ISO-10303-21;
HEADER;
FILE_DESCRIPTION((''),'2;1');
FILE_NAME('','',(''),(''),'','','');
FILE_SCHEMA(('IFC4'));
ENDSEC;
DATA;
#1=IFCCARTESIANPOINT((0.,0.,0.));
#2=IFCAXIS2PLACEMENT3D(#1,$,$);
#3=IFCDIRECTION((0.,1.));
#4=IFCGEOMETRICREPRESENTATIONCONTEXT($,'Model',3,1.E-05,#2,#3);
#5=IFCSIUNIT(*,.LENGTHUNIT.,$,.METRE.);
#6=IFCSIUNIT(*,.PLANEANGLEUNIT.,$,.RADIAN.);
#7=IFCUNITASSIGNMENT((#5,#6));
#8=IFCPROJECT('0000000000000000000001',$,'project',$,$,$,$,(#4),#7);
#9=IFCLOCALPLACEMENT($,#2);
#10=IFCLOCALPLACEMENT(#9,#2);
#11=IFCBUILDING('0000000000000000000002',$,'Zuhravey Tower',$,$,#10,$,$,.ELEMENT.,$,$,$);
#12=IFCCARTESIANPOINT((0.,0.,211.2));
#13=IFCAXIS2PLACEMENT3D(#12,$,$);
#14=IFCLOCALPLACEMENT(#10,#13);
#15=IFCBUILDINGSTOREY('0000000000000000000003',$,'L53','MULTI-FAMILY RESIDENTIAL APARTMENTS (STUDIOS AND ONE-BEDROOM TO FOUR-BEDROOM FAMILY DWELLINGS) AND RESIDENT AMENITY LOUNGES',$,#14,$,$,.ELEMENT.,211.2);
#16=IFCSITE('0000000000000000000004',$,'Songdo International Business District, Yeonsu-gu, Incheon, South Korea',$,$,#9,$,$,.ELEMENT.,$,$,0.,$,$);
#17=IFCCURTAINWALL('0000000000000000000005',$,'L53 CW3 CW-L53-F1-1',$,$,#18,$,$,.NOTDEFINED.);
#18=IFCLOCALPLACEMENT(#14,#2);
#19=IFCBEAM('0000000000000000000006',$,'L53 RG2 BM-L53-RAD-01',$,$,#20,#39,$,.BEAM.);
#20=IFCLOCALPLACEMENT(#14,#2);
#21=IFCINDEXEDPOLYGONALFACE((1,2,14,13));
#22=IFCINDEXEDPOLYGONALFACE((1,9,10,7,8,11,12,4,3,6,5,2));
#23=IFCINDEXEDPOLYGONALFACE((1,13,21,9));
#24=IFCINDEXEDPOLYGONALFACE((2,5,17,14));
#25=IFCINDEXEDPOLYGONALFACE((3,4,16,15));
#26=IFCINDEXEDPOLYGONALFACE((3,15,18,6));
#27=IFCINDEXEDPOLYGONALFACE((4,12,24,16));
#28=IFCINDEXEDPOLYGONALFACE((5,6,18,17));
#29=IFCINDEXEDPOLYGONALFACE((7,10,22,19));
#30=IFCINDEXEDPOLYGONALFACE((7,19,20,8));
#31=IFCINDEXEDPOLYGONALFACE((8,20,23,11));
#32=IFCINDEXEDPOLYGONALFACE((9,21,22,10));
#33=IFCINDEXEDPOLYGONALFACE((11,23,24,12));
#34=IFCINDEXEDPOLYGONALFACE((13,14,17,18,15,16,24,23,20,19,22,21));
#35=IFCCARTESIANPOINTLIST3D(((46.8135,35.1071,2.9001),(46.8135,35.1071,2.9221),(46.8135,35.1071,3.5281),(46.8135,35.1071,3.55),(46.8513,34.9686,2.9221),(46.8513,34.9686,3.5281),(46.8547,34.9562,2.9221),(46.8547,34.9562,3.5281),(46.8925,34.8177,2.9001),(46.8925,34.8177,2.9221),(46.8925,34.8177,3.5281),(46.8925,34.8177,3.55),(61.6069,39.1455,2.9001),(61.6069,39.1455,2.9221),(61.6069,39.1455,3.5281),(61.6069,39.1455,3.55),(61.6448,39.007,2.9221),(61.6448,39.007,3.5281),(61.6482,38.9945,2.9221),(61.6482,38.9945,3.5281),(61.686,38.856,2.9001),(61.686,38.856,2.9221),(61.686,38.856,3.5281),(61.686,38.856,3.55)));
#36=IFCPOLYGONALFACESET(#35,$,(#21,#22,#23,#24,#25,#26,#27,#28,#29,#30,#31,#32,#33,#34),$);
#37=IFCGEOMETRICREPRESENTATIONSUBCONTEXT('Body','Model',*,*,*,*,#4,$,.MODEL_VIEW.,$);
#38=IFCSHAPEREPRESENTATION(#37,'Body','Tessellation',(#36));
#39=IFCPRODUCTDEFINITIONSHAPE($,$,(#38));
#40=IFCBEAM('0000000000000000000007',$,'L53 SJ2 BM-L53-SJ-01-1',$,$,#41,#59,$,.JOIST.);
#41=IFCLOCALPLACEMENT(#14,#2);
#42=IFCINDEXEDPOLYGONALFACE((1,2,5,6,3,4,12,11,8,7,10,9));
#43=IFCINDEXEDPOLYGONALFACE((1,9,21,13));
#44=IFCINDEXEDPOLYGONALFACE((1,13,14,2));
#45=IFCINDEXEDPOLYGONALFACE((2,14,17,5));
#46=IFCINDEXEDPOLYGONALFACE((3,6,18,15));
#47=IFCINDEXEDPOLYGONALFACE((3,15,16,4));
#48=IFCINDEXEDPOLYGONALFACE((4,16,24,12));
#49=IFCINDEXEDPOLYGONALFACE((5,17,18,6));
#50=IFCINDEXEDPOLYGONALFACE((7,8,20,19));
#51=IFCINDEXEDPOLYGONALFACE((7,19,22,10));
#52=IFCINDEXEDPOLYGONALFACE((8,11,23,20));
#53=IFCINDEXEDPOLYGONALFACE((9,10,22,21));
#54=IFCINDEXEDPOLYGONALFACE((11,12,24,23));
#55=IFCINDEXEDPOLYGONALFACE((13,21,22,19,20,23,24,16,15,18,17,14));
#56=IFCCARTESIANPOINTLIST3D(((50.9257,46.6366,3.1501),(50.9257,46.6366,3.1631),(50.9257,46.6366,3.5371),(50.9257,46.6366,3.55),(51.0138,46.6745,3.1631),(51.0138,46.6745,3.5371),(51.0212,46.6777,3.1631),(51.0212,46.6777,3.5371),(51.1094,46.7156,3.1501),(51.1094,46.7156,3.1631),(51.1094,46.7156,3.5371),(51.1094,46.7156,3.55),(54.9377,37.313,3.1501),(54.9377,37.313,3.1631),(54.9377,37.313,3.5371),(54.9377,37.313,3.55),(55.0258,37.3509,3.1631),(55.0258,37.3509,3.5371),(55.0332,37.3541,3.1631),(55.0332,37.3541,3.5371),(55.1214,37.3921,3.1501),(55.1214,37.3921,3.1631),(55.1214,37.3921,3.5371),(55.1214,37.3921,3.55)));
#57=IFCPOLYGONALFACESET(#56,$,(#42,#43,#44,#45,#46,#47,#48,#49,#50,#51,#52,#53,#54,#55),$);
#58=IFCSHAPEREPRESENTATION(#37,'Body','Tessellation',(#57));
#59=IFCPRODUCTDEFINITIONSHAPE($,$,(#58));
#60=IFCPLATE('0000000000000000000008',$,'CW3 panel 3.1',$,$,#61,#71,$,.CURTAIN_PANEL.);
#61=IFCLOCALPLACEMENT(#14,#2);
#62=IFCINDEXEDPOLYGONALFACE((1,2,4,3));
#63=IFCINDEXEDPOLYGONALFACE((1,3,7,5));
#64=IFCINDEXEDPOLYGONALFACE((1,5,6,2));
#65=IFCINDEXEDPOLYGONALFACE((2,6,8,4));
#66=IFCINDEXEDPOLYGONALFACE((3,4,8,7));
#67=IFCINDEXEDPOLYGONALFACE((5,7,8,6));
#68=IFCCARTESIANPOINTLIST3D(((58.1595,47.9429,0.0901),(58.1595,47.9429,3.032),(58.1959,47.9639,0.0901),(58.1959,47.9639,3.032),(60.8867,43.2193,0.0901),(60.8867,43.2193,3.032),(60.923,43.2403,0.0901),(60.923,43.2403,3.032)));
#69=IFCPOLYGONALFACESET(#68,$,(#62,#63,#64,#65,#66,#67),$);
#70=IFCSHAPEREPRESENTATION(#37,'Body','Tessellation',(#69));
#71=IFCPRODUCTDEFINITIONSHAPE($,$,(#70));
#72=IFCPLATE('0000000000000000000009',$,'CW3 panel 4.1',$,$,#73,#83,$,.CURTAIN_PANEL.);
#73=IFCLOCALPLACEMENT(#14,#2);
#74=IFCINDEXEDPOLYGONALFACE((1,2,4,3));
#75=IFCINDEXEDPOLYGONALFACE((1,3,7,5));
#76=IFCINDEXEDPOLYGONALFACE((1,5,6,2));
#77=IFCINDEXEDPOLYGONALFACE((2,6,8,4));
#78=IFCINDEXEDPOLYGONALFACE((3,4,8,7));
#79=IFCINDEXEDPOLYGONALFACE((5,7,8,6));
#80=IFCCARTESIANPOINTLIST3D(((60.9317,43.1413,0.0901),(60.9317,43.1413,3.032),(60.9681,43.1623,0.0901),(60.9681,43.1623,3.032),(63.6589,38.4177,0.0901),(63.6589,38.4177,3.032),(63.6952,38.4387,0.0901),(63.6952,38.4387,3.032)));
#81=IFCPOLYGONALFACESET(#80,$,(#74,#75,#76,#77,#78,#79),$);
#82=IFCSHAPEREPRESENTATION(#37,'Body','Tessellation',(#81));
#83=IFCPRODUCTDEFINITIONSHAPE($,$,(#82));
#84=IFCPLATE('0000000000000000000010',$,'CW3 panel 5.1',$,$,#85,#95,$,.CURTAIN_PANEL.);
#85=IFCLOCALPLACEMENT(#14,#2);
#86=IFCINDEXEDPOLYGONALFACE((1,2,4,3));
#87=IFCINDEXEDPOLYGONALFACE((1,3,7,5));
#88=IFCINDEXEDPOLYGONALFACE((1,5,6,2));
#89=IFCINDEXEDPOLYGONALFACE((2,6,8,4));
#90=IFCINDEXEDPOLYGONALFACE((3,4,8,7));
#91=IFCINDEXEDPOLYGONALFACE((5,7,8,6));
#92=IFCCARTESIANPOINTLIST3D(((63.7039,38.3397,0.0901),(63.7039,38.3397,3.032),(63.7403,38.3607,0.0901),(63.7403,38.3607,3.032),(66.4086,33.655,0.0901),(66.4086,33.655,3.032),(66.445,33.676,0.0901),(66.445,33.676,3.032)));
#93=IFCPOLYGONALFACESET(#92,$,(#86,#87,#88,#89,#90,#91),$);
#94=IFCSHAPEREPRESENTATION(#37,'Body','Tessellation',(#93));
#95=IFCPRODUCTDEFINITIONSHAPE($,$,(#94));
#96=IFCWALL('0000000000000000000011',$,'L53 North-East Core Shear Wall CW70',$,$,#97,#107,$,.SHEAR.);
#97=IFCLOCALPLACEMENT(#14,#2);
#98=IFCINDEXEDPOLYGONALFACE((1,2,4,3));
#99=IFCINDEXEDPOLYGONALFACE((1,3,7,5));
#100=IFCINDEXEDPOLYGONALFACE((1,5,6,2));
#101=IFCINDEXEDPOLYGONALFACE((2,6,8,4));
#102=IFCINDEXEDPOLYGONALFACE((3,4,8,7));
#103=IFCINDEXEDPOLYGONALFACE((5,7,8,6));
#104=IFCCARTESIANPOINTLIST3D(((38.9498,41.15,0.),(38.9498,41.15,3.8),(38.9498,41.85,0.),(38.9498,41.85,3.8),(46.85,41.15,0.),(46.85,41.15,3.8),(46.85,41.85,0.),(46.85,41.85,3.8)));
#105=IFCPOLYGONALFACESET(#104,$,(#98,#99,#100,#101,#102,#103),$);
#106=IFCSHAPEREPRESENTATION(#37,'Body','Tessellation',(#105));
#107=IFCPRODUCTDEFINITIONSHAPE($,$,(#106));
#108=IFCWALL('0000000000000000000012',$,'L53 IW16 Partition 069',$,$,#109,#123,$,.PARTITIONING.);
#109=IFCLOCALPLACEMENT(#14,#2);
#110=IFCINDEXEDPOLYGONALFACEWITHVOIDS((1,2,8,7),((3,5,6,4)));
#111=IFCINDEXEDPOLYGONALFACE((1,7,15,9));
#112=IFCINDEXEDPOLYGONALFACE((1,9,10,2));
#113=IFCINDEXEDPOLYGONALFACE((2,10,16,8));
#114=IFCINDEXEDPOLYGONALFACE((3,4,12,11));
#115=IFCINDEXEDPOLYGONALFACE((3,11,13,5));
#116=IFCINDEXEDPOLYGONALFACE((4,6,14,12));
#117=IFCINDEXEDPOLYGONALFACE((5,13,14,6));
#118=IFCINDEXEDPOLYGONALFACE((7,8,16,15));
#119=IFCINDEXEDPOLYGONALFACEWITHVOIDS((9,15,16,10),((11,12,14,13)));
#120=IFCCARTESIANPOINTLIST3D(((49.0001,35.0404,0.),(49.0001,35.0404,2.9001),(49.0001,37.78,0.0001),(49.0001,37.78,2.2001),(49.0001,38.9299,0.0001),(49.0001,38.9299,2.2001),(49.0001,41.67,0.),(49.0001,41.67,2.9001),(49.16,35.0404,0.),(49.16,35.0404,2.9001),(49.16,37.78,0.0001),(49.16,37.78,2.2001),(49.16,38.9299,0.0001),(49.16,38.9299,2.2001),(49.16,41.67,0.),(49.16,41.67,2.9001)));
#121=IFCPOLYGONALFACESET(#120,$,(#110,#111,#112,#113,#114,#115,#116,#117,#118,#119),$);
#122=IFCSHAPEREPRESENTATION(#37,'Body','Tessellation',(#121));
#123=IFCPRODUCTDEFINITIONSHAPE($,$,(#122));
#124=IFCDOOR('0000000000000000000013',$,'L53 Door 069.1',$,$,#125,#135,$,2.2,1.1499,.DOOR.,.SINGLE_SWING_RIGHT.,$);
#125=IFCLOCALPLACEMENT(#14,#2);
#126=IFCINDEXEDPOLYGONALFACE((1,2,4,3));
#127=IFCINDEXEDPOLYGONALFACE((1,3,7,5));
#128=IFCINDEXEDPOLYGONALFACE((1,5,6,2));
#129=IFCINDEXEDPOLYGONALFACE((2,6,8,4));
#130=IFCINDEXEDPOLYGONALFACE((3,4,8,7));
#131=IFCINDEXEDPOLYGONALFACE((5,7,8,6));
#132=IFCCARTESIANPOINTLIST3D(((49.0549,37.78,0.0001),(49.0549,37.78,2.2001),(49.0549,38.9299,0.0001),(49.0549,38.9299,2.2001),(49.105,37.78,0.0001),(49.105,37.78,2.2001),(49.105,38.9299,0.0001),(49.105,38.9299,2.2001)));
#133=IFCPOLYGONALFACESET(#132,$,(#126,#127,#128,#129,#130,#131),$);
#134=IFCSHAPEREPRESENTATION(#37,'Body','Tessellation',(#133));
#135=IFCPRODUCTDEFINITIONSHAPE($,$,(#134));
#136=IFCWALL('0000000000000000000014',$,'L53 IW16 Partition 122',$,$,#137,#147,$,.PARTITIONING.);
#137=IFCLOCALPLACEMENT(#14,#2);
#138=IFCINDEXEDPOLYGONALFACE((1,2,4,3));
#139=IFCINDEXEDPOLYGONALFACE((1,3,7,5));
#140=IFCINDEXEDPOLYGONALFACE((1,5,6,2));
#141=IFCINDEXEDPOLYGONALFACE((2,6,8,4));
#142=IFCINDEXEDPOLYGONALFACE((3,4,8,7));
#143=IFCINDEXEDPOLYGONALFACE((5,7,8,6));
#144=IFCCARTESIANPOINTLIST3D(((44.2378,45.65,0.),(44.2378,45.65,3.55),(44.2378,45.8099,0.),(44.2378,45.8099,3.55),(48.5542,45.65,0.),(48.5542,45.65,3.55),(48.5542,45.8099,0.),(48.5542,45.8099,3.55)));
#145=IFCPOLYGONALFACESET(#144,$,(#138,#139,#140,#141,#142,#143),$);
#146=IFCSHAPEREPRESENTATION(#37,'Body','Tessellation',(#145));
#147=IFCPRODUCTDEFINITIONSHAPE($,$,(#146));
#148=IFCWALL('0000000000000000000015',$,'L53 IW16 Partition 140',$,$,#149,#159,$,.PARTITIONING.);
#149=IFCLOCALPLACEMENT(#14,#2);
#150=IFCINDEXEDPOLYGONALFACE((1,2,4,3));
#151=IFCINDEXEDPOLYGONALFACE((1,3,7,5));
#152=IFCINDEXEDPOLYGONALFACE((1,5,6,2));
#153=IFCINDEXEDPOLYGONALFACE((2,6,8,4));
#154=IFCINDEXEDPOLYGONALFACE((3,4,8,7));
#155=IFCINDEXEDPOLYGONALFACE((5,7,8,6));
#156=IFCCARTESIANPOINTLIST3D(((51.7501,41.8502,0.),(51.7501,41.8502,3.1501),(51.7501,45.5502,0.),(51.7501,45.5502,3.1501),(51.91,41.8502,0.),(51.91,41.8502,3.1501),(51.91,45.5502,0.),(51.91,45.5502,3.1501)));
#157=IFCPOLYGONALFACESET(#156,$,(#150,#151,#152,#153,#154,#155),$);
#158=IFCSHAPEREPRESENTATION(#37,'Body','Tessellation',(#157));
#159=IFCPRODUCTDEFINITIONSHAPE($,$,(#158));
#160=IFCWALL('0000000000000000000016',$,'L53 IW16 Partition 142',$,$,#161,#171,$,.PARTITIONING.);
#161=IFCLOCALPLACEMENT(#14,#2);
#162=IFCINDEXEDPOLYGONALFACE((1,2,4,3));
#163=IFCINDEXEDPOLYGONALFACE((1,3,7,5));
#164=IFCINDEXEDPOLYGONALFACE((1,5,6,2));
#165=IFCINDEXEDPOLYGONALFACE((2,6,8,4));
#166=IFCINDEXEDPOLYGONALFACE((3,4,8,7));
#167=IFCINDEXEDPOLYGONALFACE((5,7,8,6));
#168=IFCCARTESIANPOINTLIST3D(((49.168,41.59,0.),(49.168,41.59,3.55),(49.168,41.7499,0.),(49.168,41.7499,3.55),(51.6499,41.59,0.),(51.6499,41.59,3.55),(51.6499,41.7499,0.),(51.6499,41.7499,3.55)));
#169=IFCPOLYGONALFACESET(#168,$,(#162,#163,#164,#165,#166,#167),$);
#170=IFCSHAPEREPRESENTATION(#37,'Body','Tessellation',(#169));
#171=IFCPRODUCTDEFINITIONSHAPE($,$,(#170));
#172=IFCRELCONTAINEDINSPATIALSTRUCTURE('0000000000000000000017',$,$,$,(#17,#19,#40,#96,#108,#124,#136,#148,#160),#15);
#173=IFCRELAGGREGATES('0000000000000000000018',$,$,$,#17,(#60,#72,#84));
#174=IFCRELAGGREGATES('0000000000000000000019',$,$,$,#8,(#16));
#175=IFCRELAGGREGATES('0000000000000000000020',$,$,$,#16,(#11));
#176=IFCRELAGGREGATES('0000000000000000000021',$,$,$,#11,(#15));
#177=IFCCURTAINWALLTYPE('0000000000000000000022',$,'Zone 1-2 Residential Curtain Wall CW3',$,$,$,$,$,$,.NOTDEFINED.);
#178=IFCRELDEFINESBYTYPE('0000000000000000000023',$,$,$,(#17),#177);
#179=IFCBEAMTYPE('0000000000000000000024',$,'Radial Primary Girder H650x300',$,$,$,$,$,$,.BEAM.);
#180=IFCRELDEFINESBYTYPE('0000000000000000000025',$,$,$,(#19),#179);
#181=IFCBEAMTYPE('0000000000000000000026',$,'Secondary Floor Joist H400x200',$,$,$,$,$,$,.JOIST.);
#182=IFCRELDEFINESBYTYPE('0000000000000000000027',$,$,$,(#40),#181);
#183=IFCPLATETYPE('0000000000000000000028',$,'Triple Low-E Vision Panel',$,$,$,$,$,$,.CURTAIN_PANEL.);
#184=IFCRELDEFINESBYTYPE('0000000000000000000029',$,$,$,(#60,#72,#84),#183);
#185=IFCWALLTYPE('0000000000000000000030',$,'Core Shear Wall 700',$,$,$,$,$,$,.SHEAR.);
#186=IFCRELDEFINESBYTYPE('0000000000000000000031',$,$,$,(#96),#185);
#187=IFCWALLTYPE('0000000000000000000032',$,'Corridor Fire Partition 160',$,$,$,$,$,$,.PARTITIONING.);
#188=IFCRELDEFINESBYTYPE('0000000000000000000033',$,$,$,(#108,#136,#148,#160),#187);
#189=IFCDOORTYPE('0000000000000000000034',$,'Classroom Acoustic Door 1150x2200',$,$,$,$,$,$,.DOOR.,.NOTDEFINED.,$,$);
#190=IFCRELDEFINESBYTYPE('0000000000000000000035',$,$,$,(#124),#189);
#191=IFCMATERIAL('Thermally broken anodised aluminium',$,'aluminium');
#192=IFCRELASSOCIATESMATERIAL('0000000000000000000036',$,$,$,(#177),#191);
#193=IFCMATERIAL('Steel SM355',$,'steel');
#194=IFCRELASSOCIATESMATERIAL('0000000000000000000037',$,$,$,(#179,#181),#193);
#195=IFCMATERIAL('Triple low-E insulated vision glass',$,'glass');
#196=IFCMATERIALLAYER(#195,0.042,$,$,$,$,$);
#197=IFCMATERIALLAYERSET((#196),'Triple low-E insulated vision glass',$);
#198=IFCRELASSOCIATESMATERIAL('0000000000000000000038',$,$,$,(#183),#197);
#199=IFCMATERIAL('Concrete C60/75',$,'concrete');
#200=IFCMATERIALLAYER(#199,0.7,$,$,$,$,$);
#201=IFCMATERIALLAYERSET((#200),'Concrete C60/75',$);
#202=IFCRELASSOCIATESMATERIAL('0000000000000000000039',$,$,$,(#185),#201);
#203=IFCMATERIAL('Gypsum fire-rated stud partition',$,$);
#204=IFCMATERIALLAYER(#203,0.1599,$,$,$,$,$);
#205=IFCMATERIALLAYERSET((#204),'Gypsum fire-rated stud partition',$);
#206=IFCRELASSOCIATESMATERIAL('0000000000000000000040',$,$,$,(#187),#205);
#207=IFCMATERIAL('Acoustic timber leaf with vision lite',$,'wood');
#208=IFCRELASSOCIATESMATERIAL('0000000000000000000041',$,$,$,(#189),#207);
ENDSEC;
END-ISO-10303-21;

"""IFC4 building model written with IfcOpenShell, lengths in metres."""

from ifc_helpers import new_model, si_unit, direction, frame, frame_2d, origin, origin_2d, place, context, subcontext, project, spatial, rectangle, i_section, extrude, material, layer, layer_set, material_profile, profile_set, type_object, element, fill, aggregate, save


model = new_model("IFC4")

# Units and contexts
model_context = context("Model", 3, precision=1e-05, world=origin(), true_north=direction((0.0, 1.0)))
body_context = subcontext(model_context, "Body", "Model", "MODEL_VIEW")
ifc_project = project(units=[si_unit("LENGTHUNIT", "METRE"), si_unit("PLANEANGLEUNIT", "RADIAN")], contexts=[model_context])

# Site, building, storey
site_placement = place(None, origin())
site = spatial("IfcSite", under=ifc_project, at=site_placement, Name="Songdo International Business District, Yeonsu-gu, Incheon, South Korea", CompositionType="ELEMENT", RefElevation=0.0)
building_placement = place(site_placement, origin())
building = spatial("IfcBuilding", under=site, at=building_placement, Name="Zuhravey Tower", CompositionType="ELEMENT")
storey_placement = place(building_placement, frame((0.0, 0.0, 211.2)))
storey = spatial("IfcBuildingStorey", under=building, at=storey_placement, Name="L53", Description="MULTI-FAMILY RESIDENTIAL APARTMENTS (STUDIOS AND ONE-BEDROOM TO FOUR-BEDROOM FAMILY DWELLINGS) AND RESIDENT AMENITY LOUNGES", CompositionType="ELEMENT", Elevation=211.2)

# Curtain wall
ifc_material_1 = material(Name="Thermally broken anodised aluminium", Category="aluminium")
curtain_wall_type = type_object("IfcCurtainWallType", Name="Zone 1-2 Residential Curtain Wall CW3", PredefinedType="NOTDEFINED", material=ifc_material_1)
curtain_wall_placement = place(storey_placement, origin())
curtain_wall = element("IfcCurtainWall", 1, at=curtain_wall_placement, inside=storey, type_object=curtain_wall_type, Name="L53 CW3 CW-L53-F1-1", PredefinedType="NOTDEFINED")

# Beams
ifc_material_2 = material(Name="Steel SM355", Category="steel")
ifc_material_profile_1 = material_profile(ifc_material_2, i_section(OverallWidth=0.3, OverallDepth=0.6499, WebThickness=0.0129, FlangeThickness=0.022, at=origin_2d()), Name="H-650x300x13x22")
ifc_profile_set_1 = profile_set([ifc_material_profile_1], Name="Steel SM355")
beam_type_1 = type_object("IfcBeamType", Name="Radial Primary Girder H650x300", PredefinedType="BEAM", material=ifc_profile_set_1)
beam_1_placement = place(storey_placement, frame((46.853, 34.9624, 3.2251), z_axis=(0.964702, 0.263345, 0.0), x_axis=(-0.263345, 0.964702, 0.0)))
element("IfcBeam", 2, at=beam_1_placement, inside=storey, type_object=beam_type_1, Name="L53 RG2 BM-L53-RAD-01", PredefinedType="BEAM", context=body_context, shape_type="SweptSolid", body=[
    extrude(i_section(OverallWidth=0.3, OverallDepth=0.6499, WebThickness=0.0129, FlangeThickness=0.022, at=origin_2d()), origin(), (0.0, 0.0, 1.0), 15.3347),
])
ifc_material_profile_2 = material_profile(ifc_material_2, i_section(OverallWidth=0.2, OverallDepth=0.3999, WebThickness=0.0081, FlangeThickness=0.0129, at=origin_2d()), Name="H-400x200x8x13")
ifc_profile_set_2 = profile_set([ifc_material_profile_2], Name="Steel SM355")
beam_type_2 = type_object("IfcBeamType", Name="Secondary Floor Joist H400x200", PredefinedType="JOIST", material=ifc_profile_set_2)
beam_2_placement = place(storey_placement, frame((55.0295, 37.3525, 3.3501), z_axis=(-0.395266, 0.918567, 0.0), x_axis=(-0.918567, -0.395266, 0.0)))
element("IfcBeam", 3, at=beam_2_placement, inside=storey, type_object=beam_type_2, Name="L53 SJ2 BM-L53-SJ-01-1", PredefinedType="JOIST", context=body_context, shape_type="SweptSolid", body=[
    extrude(i_section(OverallWidth=0.2, OverallDepth=0.3999, WebThickness=0.0081, FlangeThickness=0.0129, at=origin_2d()), origin(), (0.0, 0.0, 1.0), 10.1501),
])

# Plates
ifc_material_3 = material(Name="Triple low-E insulated vision glass", Category="glass")
ifc_layer_1 = layer(ifc_material_3, 0.042)
ifc_layer_set_1 = layer_set([ifc_layer_1], Name="Triple low-E insulated vision glass")
plate_type = type_object("IfcPlateType", Name="Triple Low-E Vision Panel", PredefinedType="CURTAIN_PANEL", material=ifc_layer_set_1)
plate_1_placement = place(storey_placement, frame((59.5413, 45.5916, 0.0901), z_axis=(0.0, 0.0, 1.0), x_axis=(0.5, -0.866025, 0.0)))
plate_1 = element("IfcPlate", 4, at=plate_1_placement, type_object=plate_type, Name="CW3 panel 3.1", PredefinedType="CURTAIN_PANEL", context=body_context, shape_type="SweptSolid", body=[
    extrude(rectangle(XDim=5.4543, YDim=0.042, at=origin_2d()), origin(), (0.0, 0.0, 1.0), 2.9419),
])
plate_2_placement = place(storey_placement, frame((62.3135, 40.79, 0.0901), z_axis=(0.0, 0.0, 1.0), x_axis=(0.5, -0.866025, 0.0)))
plate_2 = element("IfcPlate", 5, at=plate_2_placement, type_object=plate_type, Name="CW3 panel 4.1", PredefinedType="CURTAIN_PANEL", context=body_context, shape_type="SweptSolid", body=[
    extrude(rectangle(XDim=5.4543, YDim=0.042, at=origin_2d()), origin(), (0.0, 0.0, 1.0), 2.9419),
])
plate_3_placement = place(storey_placement, frame((65.0745, 36.0078, 0.0901), z_axis=(0.0, 0.0, 1.0), x_axis=(0.5, -0.866025, 0.0)))
plate_3 = element("IfcPlate", 6, at=plate_3_placement, type_object=plate_type, Name="CW3 panel 5.1", PredefinedType="CURTAIN_PANEL", context=body_context, shape_type="SweptSolid", body=[
    extrude(rectangle(XDim=5.4094, YDim=0.042, at=origin_2d()), origin(), (0.0, 0.0, 1.0), 2.9419),
])
aggregate(curtain_wall, [plate_1, plate_2, plate_3])

# Wall
ifc_material_4 = material(Name="Concrete C60/75", Category="concrete")
ifc_layer_2 = layer(ifc_material_4, 0.7)
ifc_layer_set_2 = layer_set([ifc_layer_2], Name="Concrete C60/75")
wall_type_1 = type_object("IfcWallType", Name="Core Shear Wall 700", PredefinedType="SHEAR", material=ifc_layer_set_2)
wall_1_placement = place(storey_placement, frame((46.8501, 41.5, 0.0), z_axis=(0.0, 0.0, 1.0), x_axis=(-1.0, 0.0, 0.0)))
element("IfcWall", 7, at=wall_1_placement, inside=storey, type_object=wall_type_1, Name="L53 North-East Core Shear Wall CW70", PredefinedType="SHEAR", context=body_context, shape_type="SweptSolid", body=[
    extrude(rectangle(XDim=7.9001, YDim=0.7, at=frame_2d((3.9502, 0.0))), origin(), (0.0, 0.0, 1.0), 3.8),
])

# Wall, opening, door
ifc_material_5 = material(Name="Gypsum fire-rated stud partition")
ifc_layer_3 = layer(ifc_material_5, 0.1599)
ifc_layer_set_3 = layer_set([ifc_layer_3], Name="Gypsum fire-rated stud partition")
wall_type_2 = type_object("IfcWallType", Name="Corridor Fire Partition 160", PredefinedType="PARTITIONING", material=ifc_layer_set_3)
wall_2_placement = place(storey_placement, frame((49.0801, 35.0403, 0.0), z_axis=(0.0, 0.0, 1.0), x_axis=(0.0, 1.0, 0.0)))
wall_2 = element("IfcWall", 8, at=wall_2_placement, inside=storey, type_object=wall_type_2, Name="L53 IW16 Partition 069", PredefinedType="PARTITIONING", context=body_context, shape_type="SweptSolid", body=[
    extrude(rectangle(XDim=6.6296, YDim=0.1599, at=frame_2d((3.3149, 0.0))), origin(), (0.0, 0.0, 1.0), 2.9001),
])
opening_1_placement = place(wall_2_placement, frame((2.7397, 0.0, 0.0)))
opening_1 = element("IfcOpeningElement", 9, at=opening_1_placement, cuts=wall_2, PredefinedType="OPENING", context=body_context, shape_type="SweptSolid", body=[
    extrude(rectangle(XDim=1.1499, YDim=2.2, at=frame_2d((0.575, 1.1001))), frame((0.0, 0.092, 0.0), z_axis=(0.0, -1.0, 0.0), x_axis=(1.0, 0.0, 0.0)), (0.0, 0.0, 1.0), 0.1838),
])
ifc_material_6 = material(Name="Acoustic timber leaf with vision lite", Category="wood")
door_type = type_object("IfcDoorType", Name="Classroom Acoustic Door 1150x2200", OperationType="NOTDEFINED", PredefinedType="DOOR", material=ifc_material_6)
door_placement = place(opening_1_placement, frame((1.1499, 0.0, 0.0), z_axis=(0.0, 0.0, 1.0), x_axis=(-1.0, 0.0, 0.0)))
door = element("IfcDoor", 10, at=door_placement, inside=storey, type_object=door_type, Name="L53 Door 069.1", OperationType="SINGLE_SWING_RIGHT", OverallHeight=2.2, OverallWidth=1.1499, PredefinedType="DOOR", context=body_context, shape_type="SweptSolid", body=[
    extrude(rectangle(XDim=1.1499, YDim=2.2, at=frame_2d((0.575, 1.1001))), frame((0.0, 0.0249, 0.0), z_axis=(0.0, -1.0, 0.0), x_axis=(1.0, 0.0, 0.0)), (0.0, 0.0, 1.0), 0.05),
])
fill(opening_1, door)

# Walls
wall_3_placement = place(storey_placement, frame((48.5542, 45.73, 0.0), z_axis=(0.0, 0.0, 1.0), x_axis=(-1.0, 0.0, 0.0)))
element("IfcWall", 11, at=wall_3_placement, inside=storey, type_object=wall_type_2, Name="L53 IW16 Partition 122", PredefinedType="PARTITIONING", context=body_context, shape_type="SweptSolid", body=[
    extrude(rectangle(XDim=4.3164, YDim=0.1599, at=frame_2d((2.1582, 0.0))), origin(), (0.0, 0.0, 1.0), 3.55),
])
wall_4_placement = place(storey_placement, frame((51.8301, 41.8501, 0.0), z_axis=(0.0, 0.0, 1.0), x_axis=(0.0, 1.0, 0.0)))
element("IfcWall", 12, at=wall_4_placement, inside=storey, type_object=wall_type_2, Name="L53 IW16 Partition 140", PredefinedType="PARTITIONING", context=body_context, shape_type="SweptSolid", body=[
    extrude(rectangle(XDim=3.7, YDim=0.1599, at=frame_2d((1.8501, 0.0))), origin(), (0.0, 0.0, 1.0), 3.1501),
])
wall_5_placement = place(storey_placement, frame((49.168, 41.6699, 0.0), z_axis=(0.0, 0.0, 1.0), x_axis=(1.0, 0.0, 0.0)))
element("IfcWall", 13, at=wall_5_placement, inside=storey, type_object=wall_type_2, Name="L53 IW16 Partition 142", PredefinedType="PARTITIONING", context=body_context, shape_type="SweptSolid", body=[
    extrude(rectangle(XDim=2.4819, YDim=0.1599, at=frame_2d((1.241, 0.0))), origin(), (0.0, 0.0, 1.0), 3.55),
])

save(model, "model.ifc")
